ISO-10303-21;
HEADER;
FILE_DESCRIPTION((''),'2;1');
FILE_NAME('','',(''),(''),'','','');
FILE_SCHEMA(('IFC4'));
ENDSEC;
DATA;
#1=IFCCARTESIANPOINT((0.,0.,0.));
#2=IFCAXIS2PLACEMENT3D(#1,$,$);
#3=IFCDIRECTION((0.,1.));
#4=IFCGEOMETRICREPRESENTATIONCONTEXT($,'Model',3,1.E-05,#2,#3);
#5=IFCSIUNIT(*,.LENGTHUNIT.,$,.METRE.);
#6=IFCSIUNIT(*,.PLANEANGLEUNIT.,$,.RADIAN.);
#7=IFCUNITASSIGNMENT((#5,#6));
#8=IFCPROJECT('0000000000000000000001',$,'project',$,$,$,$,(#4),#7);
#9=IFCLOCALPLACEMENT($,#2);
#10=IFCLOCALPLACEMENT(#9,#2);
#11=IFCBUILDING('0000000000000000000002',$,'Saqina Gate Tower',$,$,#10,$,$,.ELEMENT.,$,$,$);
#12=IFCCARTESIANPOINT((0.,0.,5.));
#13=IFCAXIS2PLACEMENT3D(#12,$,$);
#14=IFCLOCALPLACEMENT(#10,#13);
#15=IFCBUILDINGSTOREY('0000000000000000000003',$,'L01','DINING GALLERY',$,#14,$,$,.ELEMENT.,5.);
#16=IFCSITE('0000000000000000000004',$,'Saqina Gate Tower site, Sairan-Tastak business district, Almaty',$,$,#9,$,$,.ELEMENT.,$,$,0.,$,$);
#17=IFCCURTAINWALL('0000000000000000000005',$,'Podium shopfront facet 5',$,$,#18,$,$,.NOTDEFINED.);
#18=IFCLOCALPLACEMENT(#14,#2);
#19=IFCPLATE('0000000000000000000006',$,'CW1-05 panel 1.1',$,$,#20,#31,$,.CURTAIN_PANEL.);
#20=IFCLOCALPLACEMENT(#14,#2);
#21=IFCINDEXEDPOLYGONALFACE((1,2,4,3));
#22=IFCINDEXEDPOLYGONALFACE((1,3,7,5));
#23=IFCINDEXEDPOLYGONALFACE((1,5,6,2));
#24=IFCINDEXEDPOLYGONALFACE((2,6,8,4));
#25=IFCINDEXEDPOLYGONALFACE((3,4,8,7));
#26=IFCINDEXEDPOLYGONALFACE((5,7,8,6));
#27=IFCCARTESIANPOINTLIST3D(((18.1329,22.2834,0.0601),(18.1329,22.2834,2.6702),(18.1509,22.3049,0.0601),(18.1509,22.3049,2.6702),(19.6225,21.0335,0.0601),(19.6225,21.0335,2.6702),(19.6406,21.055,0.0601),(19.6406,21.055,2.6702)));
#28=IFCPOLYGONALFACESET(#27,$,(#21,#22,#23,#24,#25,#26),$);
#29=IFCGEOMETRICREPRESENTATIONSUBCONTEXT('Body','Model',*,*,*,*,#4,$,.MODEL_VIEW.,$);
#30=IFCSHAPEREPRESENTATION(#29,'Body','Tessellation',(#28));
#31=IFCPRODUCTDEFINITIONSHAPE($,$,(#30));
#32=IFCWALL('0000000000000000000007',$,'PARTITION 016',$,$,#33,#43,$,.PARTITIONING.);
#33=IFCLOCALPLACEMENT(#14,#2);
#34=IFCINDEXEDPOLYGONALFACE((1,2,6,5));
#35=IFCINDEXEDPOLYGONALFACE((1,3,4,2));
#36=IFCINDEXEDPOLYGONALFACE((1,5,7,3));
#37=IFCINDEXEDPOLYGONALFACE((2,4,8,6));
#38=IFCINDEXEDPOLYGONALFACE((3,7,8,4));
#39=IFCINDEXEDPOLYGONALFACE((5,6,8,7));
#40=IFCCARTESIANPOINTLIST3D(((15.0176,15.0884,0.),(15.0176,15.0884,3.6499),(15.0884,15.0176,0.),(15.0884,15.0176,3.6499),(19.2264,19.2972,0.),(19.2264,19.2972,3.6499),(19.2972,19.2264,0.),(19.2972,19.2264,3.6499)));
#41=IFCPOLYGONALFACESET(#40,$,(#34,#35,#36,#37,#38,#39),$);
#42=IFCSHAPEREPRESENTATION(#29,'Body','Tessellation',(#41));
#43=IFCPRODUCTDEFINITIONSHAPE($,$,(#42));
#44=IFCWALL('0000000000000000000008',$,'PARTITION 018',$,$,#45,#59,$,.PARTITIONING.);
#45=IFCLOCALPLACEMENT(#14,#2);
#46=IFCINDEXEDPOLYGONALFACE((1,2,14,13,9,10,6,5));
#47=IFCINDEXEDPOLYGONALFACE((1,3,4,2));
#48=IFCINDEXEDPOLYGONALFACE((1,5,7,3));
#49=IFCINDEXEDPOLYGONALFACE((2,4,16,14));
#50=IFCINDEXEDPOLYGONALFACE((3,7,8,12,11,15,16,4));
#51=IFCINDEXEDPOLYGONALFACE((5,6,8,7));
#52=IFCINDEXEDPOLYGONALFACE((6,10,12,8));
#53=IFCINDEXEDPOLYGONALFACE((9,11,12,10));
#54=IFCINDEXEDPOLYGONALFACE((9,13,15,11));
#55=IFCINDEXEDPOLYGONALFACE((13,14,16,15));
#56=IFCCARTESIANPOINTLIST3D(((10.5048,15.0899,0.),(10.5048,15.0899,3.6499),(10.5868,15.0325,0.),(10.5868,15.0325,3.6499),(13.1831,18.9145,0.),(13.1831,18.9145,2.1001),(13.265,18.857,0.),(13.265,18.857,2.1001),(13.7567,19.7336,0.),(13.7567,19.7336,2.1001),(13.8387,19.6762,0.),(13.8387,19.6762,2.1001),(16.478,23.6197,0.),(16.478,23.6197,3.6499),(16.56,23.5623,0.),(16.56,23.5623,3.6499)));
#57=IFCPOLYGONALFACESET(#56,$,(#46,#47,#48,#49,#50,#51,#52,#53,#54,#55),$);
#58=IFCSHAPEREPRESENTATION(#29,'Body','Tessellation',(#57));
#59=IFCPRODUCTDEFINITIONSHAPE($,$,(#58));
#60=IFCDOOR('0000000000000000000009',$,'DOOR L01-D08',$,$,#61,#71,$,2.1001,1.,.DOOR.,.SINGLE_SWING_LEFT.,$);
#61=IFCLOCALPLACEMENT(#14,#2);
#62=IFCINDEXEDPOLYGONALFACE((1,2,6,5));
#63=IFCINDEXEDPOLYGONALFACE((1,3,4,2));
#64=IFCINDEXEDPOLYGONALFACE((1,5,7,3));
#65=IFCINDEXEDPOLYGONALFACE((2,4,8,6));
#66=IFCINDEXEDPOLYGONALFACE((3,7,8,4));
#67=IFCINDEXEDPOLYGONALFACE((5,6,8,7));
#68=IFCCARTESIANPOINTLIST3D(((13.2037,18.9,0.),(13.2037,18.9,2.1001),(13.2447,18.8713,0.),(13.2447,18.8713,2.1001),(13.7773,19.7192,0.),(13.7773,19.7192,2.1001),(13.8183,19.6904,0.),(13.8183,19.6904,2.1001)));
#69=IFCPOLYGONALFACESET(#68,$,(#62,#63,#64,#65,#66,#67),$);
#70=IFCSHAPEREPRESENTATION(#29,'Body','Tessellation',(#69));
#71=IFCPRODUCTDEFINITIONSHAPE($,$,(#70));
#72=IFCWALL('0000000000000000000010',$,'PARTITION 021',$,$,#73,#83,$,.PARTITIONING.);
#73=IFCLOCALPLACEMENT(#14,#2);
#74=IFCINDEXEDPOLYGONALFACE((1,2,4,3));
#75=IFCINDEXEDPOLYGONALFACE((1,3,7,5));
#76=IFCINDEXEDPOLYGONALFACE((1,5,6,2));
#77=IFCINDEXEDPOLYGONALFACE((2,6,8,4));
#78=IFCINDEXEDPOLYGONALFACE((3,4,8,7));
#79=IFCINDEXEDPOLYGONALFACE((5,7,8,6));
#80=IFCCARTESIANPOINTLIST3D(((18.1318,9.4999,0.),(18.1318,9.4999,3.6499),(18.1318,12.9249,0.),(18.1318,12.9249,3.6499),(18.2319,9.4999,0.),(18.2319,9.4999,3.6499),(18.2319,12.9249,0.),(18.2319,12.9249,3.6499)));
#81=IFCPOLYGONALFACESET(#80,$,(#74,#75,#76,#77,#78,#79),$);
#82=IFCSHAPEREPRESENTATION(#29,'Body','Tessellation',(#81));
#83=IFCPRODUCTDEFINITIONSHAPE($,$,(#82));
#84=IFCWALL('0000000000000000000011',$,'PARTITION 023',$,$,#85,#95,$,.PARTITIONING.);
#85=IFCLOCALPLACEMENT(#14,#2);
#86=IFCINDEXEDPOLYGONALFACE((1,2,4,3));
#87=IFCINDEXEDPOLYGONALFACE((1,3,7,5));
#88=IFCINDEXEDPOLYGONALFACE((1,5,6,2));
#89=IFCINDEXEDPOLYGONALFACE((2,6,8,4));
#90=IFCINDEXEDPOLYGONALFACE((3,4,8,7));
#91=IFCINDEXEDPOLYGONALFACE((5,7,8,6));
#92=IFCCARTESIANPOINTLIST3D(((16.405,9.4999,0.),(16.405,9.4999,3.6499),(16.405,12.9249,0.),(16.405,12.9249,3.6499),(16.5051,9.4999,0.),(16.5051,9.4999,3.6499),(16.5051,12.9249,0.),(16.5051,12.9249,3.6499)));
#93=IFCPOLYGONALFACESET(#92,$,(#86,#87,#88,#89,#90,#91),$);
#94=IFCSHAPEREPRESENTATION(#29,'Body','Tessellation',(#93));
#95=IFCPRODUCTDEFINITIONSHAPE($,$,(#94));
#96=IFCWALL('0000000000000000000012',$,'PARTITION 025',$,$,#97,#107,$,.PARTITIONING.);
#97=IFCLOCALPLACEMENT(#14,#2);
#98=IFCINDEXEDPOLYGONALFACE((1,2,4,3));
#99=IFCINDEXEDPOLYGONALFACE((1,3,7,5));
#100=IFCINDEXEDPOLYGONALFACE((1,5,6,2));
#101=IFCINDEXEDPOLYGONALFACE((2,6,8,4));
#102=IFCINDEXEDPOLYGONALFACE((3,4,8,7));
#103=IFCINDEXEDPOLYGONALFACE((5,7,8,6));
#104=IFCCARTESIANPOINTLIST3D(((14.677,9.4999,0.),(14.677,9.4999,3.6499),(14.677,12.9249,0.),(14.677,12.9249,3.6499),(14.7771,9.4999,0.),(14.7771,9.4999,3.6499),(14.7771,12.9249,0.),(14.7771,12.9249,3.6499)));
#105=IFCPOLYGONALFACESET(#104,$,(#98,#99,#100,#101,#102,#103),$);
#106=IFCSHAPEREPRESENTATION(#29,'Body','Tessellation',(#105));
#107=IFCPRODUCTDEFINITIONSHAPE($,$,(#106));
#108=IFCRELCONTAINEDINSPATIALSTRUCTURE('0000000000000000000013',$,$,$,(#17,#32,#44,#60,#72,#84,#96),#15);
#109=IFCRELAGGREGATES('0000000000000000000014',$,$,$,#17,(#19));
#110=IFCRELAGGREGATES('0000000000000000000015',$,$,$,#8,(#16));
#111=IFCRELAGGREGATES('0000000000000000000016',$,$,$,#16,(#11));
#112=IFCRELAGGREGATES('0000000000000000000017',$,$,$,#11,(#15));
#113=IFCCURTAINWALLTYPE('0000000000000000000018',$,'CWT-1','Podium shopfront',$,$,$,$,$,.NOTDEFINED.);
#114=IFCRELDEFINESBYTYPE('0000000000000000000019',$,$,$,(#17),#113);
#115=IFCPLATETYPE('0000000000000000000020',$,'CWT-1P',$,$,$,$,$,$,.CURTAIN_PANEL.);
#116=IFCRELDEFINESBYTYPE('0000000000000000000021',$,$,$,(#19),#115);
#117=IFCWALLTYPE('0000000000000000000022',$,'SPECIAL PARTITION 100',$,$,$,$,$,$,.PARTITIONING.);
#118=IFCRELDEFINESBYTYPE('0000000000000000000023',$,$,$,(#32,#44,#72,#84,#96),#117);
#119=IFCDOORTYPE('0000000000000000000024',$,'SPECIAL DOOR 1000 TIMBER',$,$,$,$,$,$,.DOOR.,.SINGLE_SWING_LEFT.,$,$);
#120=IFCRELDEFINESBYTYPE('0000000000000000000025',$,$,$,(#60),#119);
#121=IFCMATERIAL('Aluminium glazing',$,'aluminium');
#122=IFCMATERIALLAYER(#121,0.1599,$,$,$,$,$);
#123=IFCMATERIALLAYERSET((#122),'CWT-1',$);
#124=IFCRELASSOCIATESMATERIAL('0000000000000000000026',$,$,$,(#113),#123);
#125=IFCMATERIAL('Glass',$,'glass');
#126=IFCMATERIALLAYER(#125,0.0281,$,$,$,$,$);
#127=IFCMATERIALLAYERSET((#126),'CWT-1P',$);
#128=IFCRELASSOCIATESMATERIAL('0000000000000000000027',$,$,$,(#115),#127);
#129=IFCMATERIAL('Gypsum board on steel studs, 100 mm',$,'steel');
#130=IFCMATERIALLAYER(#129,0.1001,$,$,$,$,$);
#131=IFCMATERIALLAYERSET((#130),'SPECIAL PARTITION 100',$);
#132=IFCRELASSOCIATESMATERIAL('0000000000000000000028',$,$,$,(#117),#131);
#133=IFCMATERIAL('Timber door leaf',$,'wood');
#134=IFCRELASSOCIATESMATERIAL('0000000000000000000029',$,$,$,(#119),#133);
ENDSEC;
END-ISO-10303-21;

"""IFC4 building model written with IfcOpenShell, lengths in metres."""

from ifc_helpers import new_model, si_unit, direction, frame, frame_2d, origin, origin_2d, place, context, subcontext, project, spatial, rectangle, extrude, material, layer, layer_set, type_object, element, fill, aggregate, save


model = new_model("IFC4")

# Units and contexts
model_context = context("Model", 3, precision=1e-05, world=origin(), true_north=direction((0.0, 1.0)))
body_context = subcontext(model_context, "Body", "Model", "MODEL_VIEW")
ifc_project = project(units=[si_unit("LENGTHUNIT", "METRE"), si_unit("PLANEANGLEUNIT", "RADIAN")], contexts=[model_context])

# Site, building, storey
site_placement = place(None, origin())
site = spatial("IfcSite", under=ifc_project, at=site_placement, Name="Saqina Gate Tower site, Sairan-Tastak business district, Almaty", CompositionType="ELEMENT", RefElevation=0.0)
building_placement = place(site_placement, origin())
building = spatial("IfcBuilding", under=site, at=building_placement, Name="Saqina Gate Tower", CompositionType="ELEMENT")
storey_placement = place(building_placement, frame((0.0, 0.0, 5.0)))
storey = spatial("IfcBuildingStorey", under=building, at=storey_placement, Name="L01", Description="DINING GALLERY", CompositionType="ELEMENT", Elevation=5.0)

# Curtain wall, plate
ifc_material_1 = material(Name="Aluminium glazing", Category="aluminium")
ifc_layer_1 = layer(ifc_material_1, 0.1599)
ifc_layer_set_1 = layer_set([ifc_layer_1], Name="CWT-1")
curtain_wall_type = type_object("IfcCurtainWallType", Name="CWT-1", Description="Podium shopfront", PredefinedType="NOTDEFINED", material=ifc_layer_set_1)
curtain_wall_placement = place(storey_placement, origin())
curtain_wall = element("IfcCurtainWall", 1, at=curtain_wall_placement, inside=storey, type_object=curtain_wall_type, Name="Podium shopfront facet 5", PredefinedType="NOTDEFINED")
ifc_material_2 = material(Name="Glass", Category="glass")
ifc_layer_2 = layer(ifc_material_2, 0.0281)
ifc_layer_set_2 = layer_set([ifc_layer_2], Name="CWT-1P")
plate_type = type_object("IfcPlateType", Name="CWT-1P", PredefinedType="CURTAIN_PANEL", material=ifc_layer_set_2)
plate_placement = place(storey_placement, frame((18.8867, 21.6692, 0.0601), z_axis=(0.0, 0.0, 1.0), x_axis=(-0.766051, 0.642779, 0.0)))
plate = element("IfcPlate", 2, at=plate_placement, type_object=plate_type, Name="CW1-05 panel 1.1", PredefinedType="CURTAIN_PANEL", context=body_context, shape_type="SweptSolid", body=[
    extrude(rectangle(XDim=1.9446, YDim=0.0281, at=origin_2d()), origin(), (0.0, 0.0, 1.0), 2.6101),
])
aggregate(curtain_wall, [plate])

# Wall
ifc_material_3 = material(Name="Gypsum board on steel studs, 100 mm", Category="steel")
ifc_layer_3 = layer(ifc_material_3, 0.1001)
ifc_layer_set_3 = layer_set([ifc_layer_3], Name="SPECIAL PARTITION 100")
wall_type_1 = type_object("IfcWallType", Name="SPECIAL PARTITION 100", PredefinedType="PARTITIONING", material=ifc_layer_set_3)
wall_1_placement = place(storey_placement, frame((15.053, 15.053, 0.0), z_axis=(0.0, 0.0, 1.0), x_axis=(0.707107, 0.707107, 0.0)))
element("IfcWall", 3, at=wall_1_placement, inside=storey, type_object=wall_type_1, Name="PARTITION 016", PredefinedType="PARTITIONING", context=body_context, shape_type="SweptSolid", body=[
    extrude(rectangle(XDim=5.9521, YDim=0.1001, at=frame_2d((2.9761, 0.0))), origin(), (0.0, 0.0, 1.0), 3.6499),
])

# Wall, opening, door
wall_2_placement = place(storey_placement, frame((10.5459, 15.0613, 0.0), z_axis=(0.0, 0.0, 1.0), x_axis=(0.57361, 0.819128, 0.0)))
wall_2 = element("IfcWall", 4, at=wall_2_placement, inside=storey, type_object=wall_type_1, Name="PARTITION 018", PredefinedType="PARTITIONING", context=body_context, shape_type="SweptSolid", body=[
    extrude(rectangle(XDim=10.4133, YDim=0.1001, at=frame_2d((5.2065, 0.0))), origin(), (0.0, 0.0, 1.0), 3.6499),
])
opening_1_placement = place(wall_2_placement, frame((4.6689, 0.0, 0.0)))
opening_1 = element("IfcOpeningElement", 5, at=opening_1_placement, cuts=wall_2, PredefinedType="OPENING", context=body_context, shape_type="SweptSolid", body=[
    extrude(rectangle(XDim=1.0, YDim=2.1001, at=frame_2d((0.5, 1.05))), frame((0.0, 0.062, 0.0), z_axis=(0.0, -1.0, 0.0), x_axis=(1.0, 0.0, 0.0)), (0.0, 0.0, 1.0), 0.124),
])
ifc_material_4 = material(Name="Timber door leaf", Category="wood")
door_type_1 = type_object("IfcDoorType", Name="SPECIAL DOOR 1000 TIMBER", OperationType="SINGLE_SWING_LEFT", PredefinedType="DOOR", material=ifc_material_4)
door_1_placement = place(opening_1_placement, origin())
door_1 = element("IfcDoor", 6, at=door_1_placement, inside=storey, type_object=door_type_1, Name="DOOR L01-D08", OperationType="SINGLE_SWING_LEFT", OverallHeight=2.1001, OverallWidth=1.0, PredefinedType="DOOR", context=body_context, shape_type="SweptSolid", body=[
    extrude(rectangle(XDim=1.0, YDim=2.1001, at=frame_2d((0.5, 1.05))), frame((0.0, 0.0249, 0.0), z_axis=(0.0, -1.0, 0.0), x_axis=(1.0, 0.0, 0.0)), (0.0, 0.0, 1.0), 0.05),
])
fill(opening_1, door_1)

# Walls
for number, where, z_axis, x_axis, name in (
    (7, (18.1819, 9.5, 0.0), (0.0, 0.0, 1.0), (0.0, 1.0, 0.0), "PARTITION 021"),
    (8, (16.4551, 9.5, 0.0), (0.0, 0.0, 1.0), (0.0, 1.0, 0.0), "PARTITION 023"),
    (9, (14.7271, 9.5, 0.0), (0.0, 0.0, 1.0), (0.0, 1.0, 0.0), "PARTITION 025"),
):
    element("IfcWall", number, at=place(storey_placement, frame(where, z_axis=z_axis, x_axis=x_axis)), inside=storey, type_object=wall_type_1, Name=name, PredefinedType="PARTITIONING", context=body_context, shape_type="SweptSolid", body=[
        extrude(rectangle(XDim=3.425, YDim=0.1001, at=frame_2d((1.7124, 0.0))), origin(), (0.0, 0.0, 1.0), 3.6499),
    ])

save(model, "model.ifc")
